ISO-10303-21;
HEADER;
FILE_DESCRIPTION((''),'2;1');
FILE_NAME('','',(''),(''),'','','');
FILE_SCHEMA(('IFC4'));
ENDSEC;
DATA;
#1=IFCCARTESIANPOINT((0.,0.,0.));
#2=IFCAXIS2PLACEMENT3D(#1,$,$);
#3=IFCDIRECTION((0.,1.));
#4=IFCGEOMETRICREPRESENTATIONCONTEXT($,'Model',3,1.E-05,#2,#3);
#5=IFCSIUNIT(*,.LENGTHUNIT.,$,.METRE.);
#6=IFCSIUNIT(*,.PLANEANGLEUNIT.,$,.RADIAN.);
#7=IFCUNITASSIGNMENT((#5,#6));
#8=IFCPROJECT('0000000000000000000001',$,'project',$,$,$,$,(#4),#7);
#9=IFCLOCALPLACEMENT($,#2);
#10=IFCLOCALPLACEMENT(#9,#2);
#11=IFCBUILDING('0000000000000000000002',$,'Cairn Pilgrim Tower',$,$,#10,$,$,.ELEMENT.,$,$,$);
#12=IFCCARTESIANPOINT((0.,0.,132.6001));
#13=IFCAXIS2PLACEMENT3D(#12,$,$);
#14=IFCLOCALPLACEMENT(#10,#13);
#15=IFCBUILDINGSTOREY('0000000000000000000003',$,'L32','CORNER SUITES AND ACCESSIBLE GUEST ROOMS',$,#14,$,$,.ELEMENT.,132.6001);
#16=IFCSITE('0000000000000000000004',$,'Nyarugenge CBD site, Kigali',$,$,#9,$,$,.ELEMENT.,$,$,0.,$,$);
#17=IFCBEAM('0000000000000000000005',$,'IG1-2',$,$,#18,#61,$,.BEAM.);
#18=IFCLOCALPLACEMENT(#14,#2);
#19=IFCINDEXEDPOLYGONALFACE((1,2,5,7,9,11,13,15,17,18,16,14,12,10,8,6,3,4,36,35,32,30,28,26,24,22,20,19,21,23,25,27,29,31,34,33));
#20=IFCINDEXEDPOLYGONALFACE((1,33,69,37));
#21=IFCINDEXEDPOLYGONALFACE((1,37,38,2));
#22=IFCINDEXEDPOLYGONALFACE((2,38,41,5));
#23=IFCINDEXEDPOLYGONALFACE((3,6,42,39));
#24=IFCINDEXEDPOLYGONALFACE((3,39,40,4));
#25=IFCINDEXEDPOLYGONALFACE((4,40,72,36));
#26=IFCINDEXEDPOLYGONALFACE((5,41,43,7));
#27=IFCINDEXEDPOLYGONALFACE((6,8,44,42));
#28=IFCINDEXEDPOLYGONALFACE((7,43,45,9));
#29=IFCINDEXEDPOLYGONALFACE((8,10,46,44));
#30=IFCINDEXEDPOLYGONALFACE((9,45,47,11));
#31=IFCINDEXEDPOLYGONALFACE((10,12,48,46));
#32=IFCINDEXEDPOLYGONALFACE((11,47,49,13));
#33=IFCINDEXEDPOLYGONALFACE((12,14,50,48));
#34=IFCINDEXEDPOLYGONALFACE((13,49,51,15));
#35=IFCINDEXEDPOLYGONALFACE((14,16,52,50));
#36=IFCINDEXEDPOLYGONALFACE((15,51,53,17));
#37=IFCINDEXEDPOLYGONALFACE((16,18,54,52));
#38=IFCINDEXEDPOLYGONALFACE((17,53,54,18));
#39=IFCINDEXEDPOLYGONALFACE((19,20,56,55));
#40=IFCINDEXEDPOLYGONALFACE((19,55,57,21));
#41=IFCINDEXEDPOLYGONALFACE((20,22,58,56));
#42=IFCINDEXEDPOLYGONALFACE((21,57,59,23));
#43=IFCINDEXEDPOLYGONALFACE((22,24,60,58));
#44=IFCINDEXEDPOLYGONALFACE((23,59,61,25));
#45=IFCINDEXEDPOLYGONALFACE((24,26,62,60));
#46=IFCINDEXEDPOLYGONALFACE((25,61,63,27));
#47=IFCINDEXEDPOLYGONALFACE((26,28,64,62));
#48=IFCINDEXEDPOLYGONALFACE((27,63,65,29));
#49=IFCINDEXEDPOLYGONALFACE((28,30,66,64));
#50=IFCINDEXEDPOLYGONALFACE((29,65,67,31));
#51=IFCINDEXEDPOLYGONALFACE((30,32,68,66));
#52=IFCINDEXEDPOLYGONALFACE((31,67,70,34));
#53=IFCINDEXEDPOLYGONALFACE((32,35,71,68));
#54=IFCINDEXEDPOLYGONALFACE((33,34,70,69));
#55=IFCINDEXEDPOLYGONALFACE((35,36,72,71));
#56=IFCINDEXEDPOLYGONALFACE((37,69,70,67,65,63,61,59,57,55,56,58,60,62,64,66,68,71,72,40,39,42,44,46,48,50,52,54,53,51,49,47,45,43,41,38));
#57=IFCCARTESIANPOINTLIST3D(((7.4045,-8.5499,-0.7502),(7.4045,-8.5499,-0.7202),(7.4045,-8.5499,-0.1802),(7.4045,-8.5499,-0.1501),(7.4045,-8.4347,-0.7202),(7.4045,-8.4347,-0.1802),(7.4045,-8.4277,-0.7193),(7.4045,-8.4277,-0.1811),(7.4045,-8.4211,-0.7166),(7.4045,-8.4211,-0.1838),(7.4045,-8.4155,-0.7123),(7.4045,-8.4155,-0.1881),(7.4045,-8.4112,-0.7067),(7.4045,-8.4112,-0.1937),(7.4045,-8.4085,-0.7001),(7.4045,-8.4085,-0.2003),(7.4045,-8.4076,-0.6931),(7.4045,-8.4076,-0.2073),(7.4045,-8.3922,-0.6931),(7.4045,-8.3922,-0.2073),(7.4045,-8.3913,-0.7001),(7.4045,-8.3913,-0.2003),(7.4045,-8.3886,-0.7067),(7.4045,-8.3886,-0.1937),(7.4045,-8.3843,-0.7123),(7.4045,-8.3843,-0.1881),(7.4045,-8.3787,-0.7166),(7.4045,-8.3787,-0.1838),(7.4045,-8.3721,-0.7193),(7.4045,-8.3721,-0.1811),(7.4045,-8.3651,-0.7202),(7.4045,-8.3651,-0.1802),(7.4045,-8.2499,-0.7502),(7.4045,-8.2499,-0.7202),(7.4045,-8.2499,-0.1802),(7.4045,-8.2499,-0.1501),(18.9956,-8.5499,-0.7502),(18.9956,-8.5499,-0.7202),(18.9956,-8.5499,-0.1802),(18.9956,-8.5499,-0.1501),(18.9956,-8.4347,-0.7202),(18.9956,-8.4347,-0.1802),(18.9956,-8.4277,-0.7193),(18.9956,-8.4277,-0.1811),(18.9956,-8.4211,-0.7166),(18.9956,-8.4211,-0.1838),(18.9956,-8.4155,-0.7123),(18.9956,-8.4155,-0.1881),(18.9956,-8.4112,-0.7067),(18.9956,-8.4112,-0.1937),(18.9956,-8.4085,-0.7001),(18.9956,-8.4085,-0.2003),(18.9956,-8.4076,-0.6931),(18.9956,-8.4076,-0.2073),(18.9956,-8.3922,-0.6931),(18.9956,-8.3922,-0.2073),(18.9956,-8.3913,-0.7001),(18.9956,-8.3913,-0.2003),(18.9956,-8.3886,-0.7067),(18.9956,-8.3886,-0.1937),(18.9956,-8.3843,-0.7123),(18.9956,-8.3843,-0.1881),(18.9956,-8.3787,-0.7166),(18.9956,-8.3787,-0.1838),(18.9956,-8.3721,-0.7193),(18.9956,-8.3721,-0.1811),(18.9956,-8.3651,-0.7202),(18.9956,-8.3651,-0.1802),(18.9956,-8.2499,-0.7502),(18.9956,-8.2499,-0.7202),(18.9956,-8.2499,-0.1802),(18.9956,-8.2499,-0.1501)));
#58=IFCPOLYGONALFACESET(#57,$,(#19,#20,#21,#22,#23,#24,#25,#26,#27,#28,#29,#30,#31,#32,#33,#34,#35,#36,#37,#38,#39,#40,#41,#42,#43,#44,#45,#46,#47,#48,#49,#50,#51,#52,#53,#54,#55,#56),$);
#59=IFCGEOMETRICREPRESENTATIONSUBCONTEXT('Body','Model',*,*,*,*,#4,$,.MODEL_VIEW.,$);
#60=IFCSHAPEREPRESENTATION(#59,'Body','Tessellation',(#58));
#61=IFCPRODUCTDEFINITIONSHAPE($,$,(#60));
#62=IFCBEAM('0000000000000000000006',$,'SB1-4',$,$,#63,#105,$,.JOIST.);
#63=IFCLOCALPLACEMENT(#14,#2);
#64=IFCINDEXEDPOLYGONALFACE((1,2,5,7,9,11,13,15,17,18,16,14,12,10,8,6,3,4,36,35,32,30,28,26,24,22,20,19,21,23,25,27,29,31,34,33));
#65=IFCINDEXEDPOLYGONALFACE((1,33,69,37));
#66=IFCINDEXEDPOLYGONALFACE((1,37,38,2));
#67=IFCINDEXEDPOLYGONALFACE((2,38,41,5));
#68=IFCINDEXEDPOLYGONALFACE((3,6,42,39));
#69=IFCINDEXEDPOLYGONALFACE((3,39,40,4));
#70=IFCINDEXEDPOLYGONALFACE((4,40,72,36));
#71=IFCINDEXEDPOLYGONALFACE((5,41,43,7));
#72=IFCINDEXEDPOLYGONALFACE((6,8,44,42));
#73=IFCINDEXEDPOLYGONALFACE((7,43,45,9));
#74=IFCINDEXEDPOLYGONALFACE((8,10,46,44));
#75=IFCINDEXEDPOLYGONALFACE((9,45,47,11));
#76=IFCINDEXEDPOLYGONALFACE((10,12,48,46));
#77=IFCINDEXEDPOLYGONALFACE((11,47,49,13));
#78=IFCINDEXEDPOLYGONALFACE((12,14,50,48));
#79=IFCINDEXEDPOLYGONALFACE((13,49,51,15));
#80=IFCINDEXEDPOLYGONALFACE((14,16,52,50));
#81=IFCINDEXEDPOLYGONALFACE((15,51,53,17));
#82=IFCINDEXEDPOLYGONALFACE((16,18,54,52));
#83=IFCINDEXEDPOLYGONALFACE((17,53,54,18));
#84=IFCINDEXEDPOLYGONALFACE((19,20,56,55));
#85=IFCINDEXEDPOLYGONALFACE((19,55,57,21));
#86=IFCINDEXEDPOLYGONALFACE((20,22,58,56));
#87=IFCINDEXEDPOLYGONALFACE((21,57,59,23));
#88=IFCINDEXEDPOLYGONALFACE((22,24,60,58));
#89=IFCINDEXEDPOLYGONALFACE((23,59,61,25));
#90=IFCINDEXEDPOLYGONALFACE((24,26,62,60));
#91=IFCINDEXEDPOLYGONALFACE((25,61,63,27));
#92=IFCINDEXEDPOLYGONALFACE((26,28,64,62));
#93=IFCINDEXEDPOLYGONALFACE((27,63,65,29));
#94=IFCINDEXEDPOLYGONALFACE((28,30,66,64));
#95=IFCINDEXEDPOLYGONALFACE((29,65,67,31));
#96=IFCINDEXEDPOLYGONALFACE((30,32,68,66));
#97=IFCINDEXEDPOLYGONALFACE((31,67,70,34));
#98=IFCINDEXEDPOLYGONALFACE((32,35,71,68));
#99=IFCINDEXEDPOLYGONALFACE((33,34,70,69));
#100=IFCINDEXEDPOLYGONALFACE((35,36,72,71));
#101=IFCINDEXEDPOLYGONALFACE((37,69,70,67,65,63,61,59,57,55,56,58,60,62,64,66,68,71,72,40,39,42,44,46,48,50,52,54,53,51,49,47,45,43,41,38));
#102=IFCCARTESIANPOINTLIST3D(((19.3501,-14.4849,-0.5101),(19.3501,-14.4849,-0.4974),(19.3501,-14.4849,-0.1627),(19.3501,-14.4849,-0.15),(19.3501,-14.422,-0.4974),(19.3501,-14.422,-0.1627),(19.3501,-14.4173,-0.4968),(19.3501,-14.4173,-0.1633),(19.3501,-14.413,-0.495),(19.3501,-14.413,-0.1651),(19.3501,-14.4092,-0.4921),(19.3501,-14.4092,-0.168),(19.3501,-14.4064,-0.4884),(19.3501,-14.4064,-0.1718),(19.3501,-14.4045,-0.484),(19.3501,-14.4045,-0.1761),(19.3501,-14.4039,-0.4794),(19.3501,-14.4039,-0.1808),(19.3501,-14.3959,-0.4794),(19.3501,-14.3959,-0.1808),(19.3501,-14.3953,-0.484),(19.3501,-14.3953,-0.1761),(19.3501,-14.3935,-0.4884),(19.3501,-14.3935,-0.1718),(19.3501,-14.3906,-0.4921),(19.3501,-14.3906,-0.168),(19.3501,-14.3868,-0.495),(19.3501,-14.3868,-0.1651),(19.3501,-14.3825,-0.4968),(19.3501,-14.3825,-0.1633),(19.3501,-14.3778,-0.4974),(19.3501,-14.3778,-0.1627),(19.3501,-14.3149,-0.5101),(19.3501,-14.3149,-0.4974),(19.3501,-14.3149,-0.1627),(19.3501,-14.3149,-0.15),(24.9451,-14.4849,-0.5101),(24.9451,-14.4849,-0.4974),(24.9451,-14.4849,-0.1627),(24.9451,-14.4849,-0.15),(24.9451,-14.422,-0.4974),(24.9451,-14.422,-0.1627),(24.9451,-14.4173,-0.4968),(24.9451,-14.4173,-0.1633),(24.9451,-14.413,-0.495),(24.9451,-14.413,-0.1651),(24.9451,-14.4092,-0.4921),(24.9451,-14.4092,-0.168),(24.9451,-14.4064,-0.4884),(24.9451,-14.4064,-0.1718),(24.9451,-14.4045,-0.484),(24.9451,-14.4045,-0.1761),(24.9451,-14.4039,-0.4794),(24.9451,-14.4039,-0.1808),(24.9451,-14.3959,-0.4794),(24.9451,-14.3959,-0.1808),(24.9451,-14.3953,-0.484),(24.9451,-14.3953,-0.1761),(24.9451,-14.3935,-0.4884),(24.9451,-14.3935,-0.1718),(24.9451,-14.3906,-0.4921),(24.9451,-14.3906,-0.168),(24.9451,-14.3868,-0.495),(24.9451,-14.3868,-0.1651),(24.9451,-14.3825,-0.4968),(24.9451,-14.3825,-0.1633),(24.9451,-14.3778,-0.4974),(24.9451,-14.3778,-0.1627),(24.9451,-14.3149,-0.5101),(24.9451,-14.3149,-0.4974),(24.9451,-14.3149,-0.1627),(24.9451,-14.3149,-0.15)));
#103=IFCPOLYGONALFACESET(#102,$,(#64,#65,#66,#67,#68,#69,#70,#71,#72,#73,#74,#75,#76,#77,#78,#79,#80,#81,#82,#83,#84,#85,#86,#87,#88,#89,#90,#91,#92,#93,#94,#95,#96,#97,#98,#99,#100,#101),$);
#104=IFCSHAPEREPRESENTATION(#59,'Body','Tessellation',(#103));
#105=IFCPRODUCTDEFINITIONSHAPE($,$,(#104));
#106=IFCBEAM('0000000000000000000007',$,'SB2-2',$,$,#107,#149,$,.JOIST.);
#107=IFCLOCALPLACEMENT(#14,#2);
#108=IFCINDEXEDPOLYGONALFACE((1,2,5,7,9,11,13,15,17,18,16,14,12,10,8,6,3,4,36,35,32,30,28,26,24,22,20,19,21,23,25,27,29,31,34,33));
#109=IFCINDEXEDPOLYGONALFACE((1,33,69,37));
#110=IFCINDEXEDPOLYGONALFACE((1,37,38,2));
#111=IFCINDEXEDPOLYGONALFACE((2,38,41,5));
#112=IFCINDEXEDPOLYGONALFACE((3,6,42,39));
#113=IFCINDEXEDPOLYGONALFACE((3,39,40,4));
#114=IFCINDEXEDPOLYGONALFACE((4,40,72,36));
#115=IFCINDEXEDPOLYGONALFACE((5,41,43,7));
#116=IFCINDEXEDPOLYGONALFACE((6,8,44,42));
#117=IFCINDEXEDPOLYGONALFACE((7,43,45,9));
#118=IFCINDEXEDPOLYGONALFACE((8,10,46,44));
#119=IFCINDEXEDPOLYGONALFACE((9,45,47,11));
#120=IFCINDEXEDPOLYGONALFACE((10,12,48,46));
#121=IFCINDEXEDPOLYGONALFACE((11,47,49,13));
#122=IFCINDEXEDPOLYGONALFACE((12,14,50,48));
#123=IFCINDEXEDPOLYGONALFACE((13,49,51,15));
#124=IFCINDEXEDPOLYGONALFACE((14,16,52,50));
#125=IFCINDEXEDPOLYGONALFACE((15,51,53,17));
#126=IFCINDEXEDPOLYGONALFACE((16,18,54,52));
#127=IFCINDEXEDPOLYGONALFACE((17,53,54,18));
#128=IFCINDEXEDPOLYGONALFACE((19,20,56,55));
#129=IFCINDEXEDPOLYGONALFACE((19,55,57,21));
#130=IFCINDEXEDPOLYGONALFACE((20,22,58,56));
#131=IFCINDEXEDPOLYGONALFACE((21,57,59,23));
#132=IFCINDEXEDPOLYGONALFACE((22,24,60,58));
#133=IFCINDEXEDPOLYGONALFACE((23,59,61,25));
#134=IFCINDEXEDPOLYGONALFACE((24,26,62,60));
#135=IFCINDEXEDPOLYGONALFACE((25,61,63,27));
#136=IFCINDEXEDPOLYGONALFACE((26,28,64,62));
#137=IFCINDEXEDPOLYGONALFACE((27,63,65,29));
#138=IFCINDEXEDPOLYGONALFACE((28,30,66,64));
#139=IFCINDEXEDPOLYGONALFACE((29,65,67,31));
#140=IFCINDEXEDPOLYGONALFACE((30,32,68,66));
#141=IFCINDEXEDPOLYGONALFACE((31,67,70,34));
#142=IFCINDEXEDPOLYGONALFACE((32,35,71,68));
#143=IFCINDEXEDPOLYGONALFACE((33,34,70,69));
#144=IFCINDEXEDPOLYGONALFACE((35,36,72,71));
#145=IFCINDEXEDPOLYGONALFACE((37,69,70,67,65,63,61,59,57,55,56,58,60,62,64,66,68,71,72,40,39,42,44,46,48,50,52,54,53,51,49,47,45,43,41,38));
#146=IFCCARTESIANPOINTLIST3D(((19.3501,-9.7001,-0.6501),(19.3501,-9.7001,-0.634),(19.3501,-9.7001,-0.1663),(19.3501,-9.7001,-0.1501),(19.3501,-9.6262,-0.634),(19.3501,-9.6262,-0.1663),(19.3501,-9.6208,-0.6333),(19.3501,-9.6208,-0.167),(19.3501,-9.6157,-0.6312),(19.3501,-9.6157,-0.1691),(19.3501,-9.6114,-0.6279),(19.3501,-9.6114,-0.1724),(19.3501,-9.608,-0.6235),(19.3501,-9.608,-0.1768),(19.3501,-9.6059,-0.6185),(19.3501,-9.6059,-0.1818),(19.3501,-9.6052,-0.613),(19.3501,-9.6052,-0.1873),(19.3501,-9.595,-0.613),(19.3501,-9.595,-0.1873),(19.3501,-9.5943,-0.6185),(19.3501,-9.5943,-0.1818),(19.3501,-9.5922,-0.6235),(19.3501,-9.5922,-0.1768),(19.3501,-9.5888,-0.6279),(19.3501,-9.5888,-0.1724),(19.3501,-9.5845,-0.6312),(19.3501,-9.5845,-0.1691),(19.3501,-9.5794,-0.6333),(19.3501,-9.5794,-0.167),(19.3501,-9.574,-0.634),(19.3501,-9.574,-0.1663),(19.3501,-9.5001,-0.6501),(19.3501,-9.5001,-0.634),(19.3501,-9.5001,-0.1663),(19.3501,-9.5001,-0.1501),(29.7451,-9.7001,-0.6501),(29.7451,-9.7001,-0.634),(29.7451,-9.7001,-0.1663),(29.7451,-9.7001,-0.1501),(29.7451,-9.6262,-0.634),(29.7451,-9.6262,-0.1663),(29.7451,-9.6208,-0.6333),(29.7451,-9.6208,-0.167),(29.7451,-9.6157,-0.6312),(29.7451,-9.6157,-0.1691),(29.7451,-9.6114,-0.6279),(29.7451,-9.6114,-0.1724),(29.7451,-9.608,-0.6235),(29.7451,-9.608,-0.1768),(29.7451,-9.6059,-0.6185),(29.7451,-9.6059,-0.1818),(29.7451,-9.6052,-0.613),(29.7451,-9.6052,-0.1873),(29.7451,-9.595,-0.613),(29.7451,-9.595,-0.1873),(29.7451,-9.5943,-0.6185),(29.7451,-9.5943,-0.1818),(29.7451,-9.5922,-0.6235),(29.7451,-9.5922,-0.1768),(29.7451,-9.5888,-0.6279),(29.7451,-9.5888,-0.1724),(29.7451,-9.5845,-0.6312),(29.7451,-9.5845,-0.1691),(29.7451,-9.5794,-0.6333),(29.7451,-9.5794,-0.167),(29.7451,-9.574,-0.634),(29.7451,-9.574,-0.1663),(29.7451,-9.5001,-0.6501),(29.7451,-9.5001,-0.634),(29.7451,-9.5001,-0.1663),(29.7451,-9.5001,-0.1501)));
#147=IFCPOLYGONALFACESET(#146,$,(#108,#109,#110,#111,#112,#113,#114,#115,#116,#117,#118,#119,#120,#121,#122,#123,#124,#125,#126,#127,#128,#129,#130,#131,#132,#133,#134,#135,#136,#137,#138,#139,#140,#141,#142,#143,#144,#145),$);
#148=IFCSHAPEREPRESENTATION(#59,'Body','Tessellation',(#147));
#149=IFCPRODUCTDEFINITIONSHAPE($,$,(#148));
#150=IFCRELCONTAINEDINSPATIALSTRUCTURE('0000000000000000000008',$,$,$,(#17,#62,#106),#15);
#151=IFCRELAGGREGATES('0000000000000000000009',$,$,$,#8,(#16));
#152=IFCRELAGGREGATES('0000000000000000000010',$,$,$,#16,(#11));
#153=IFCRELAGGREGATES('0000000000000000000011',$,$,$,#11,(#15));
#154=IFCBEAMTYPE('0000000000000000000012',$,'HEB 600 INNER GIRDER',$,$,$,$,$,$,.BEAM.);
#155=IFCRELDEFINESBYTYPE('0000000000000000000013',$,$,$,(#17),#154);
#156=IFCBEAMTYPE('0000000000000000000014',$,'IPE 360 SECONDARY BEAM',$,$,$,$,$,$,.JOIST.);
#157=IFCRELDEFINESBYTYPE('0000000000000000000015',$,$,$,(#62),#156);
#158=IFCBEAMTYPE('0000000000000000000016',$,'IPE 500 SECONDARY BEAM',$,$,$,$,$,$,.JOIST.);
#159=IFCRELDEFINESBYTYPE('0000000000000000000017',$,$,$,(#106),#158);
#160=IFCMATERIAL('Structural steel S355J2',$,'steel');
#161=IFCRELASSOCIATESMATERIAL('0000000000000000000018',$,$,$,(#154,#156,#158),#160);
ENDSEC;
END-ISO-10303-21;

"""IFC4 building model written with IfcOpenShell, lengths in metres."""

from ifc_helpers import new_model, si_unit, direction, frame, origin, origin_2d, place, context, subcontext, project, spatial, i_section, extrude, material, material_profile, profile_set, type_object, element, save


model = new_model("IFC4")

# Units and contexts
model_context = context("Model", 3, precision=1e-05, world=origin(), true_north=direction((0.0, 1.0)))
body_context = subcontext(model_context, "Body", "Model", "MODEL_VIEW")
ifc_project = project(units=[si_unit("LENGTHUNIT", "METRE"), si_unit("PLANEANGLEUNIT", "RADIAN")], contexts=[model_context])

# Site, building, storey
site_placement = place(None, origin())
site = spatial("IfcSite", under=ifc_project, at=site_placement, Name="Nyarugenge CBD site, Kigali", CompositionType="ELEMENT", RefElevation=0.0)
building_placement = place(site_placement, origin())
building = spatial("IfcBuilding", under=site, at=building_placement, Name="Cairn Pilgrim Tower", CompositionType="ELEMENT")
storey_placement = place(building_placement, frame((0.0, 0.0, 132.6001)))
storey = spatial("IfcBuildingStorey", under=building, at=storey_placement, Name="L32", Description="CORNER SUITES AND ACCESSIBLE GUEST ROOMS", CompositionType="ELEMENT", Elevation=132.6001)

# Beams
ifc_material_1 = material(Name="Structural steel S355J2", Category="steel")
ifc_material_profile_1 = material_profile(ifc_material_1, i_section(OverallWidth=0.3, OverallDepth=0.6001, WebThickness=0.0154, FlangeThickness=0.03, FilletRadius=0.0271, at=origin_2d()), Name="HEB 600")
ifc_profile_set_1 = profile_set([ifc_material_profile_1], Name="Structural steel S355J2")
beam_type_1 = type_object("IfcBeamType", Name="HEB 600 INNER GIRDER", PredefinedType="BEAM", material=ifc_profile_set_1)
beam_1_placement = place(storey_placement, frame((7.4045, -8.3999, -0.4502), z_axis=(1.0, 0.0, 0.0), x_axis=(0.0, 1.0, 0.0)))
element("IfcBeam", 1, at=beam_1_placement, inside=storey, type_object=beam_type_1, Name="IG1-2", PredefinedType="BEAM", context=body_context, shape_type="SweptSolid", body=[
    extrude(i_section(OverallWidth=0.3, OverallDepth=0.6001, WebThickness=0.0154, FlangeThickness=0.03, FilletRadius=0.0271, at=origin_2d()), origin(), (0.0, 0.0, 1.0), 11.5911),
])
ifc_material_profile_2 = material_profile(ifc_material_1, i_section(OverallWidth=0.1699, OverallDepth=0.3601, WebThickness=0.0081, FlangeThickness=0.0127, FilletRadius=0.0181, at=origin_2d()), Name="IPE 360")
ifc_profile_set_2 = profile_set([ifc_material_profile_2], Name="Structural steel S355J2")
beam_type_2 = type_object("IfcBeamType", Name="IPE 360 SECONDARY BEAM", PredefinedType="JOIST", material=ifc_profile_set_2)
beam_2_placement = place(storey_placement, frame((19.3501, -14.3999, -0.3301), z_axis=(1.0, 0.0, 0.0), x_axis=(0.0, 1.0, 0.0)))
element("IfcBeam", 2, at=beam_2_placement, inside=storey, type_object=beam_type_2, Name="SB1-4", PredefinedType="JOIST", context=body_context, shape_type="SweptSolid", body=[
    extrude(i_section(OverallWidth=0.1699, OverallDepth=0.3601, WebThickness=0.0081, FlangeThickness=0.0127, FilletRadius=0.0181, at=origin_2d()), origin(), (0.0, 0.0, 1.0), 5.595),
])
ifc_material_profile_3 = material_profile(ifc_material_1, i_section(OverallWidth=0.2, OverallDepth=0.5, WebThickness=0.0103, FlangeThickness=0.0161, FilletRadius=0.021, at=origin_2d()), Name="IPE 500")
ifc_profile_set_3 = profile_set([ifc_material_profile_3], Name="Structural steel S355J2")
beam_type_3 = type_object("IfcBeamType", Name="IPE 500 SECONDARY BEAM", PredefinedType="JOIST", material=ifc_profile_set_3)
beam_3_placement = place(storey_placement, frame((19.3501, -9.6001, -0.4001), z_axis=(1.0, 0.0, 0.0), x_axis=(0.0, 1.0, 0.0)))
element("IfcBeam", 3, at=beam_3_placement, inside=storey, type_object=beam_type_3, Name="SB2-2", PredefinedType="JOIST", context=body_context, shape_type="SweptSolid", body=[
    extrude(i_section(OverallWidth=0.2, OverallDepth=0.5, WebThickness=0.0103, FlangeThickness=0.0161, FilletRadius=0.021, at=origin_2d()), origin(), (0.0, 0.0, 1.0), 10.395),
])

save(model, "model.ifc")
